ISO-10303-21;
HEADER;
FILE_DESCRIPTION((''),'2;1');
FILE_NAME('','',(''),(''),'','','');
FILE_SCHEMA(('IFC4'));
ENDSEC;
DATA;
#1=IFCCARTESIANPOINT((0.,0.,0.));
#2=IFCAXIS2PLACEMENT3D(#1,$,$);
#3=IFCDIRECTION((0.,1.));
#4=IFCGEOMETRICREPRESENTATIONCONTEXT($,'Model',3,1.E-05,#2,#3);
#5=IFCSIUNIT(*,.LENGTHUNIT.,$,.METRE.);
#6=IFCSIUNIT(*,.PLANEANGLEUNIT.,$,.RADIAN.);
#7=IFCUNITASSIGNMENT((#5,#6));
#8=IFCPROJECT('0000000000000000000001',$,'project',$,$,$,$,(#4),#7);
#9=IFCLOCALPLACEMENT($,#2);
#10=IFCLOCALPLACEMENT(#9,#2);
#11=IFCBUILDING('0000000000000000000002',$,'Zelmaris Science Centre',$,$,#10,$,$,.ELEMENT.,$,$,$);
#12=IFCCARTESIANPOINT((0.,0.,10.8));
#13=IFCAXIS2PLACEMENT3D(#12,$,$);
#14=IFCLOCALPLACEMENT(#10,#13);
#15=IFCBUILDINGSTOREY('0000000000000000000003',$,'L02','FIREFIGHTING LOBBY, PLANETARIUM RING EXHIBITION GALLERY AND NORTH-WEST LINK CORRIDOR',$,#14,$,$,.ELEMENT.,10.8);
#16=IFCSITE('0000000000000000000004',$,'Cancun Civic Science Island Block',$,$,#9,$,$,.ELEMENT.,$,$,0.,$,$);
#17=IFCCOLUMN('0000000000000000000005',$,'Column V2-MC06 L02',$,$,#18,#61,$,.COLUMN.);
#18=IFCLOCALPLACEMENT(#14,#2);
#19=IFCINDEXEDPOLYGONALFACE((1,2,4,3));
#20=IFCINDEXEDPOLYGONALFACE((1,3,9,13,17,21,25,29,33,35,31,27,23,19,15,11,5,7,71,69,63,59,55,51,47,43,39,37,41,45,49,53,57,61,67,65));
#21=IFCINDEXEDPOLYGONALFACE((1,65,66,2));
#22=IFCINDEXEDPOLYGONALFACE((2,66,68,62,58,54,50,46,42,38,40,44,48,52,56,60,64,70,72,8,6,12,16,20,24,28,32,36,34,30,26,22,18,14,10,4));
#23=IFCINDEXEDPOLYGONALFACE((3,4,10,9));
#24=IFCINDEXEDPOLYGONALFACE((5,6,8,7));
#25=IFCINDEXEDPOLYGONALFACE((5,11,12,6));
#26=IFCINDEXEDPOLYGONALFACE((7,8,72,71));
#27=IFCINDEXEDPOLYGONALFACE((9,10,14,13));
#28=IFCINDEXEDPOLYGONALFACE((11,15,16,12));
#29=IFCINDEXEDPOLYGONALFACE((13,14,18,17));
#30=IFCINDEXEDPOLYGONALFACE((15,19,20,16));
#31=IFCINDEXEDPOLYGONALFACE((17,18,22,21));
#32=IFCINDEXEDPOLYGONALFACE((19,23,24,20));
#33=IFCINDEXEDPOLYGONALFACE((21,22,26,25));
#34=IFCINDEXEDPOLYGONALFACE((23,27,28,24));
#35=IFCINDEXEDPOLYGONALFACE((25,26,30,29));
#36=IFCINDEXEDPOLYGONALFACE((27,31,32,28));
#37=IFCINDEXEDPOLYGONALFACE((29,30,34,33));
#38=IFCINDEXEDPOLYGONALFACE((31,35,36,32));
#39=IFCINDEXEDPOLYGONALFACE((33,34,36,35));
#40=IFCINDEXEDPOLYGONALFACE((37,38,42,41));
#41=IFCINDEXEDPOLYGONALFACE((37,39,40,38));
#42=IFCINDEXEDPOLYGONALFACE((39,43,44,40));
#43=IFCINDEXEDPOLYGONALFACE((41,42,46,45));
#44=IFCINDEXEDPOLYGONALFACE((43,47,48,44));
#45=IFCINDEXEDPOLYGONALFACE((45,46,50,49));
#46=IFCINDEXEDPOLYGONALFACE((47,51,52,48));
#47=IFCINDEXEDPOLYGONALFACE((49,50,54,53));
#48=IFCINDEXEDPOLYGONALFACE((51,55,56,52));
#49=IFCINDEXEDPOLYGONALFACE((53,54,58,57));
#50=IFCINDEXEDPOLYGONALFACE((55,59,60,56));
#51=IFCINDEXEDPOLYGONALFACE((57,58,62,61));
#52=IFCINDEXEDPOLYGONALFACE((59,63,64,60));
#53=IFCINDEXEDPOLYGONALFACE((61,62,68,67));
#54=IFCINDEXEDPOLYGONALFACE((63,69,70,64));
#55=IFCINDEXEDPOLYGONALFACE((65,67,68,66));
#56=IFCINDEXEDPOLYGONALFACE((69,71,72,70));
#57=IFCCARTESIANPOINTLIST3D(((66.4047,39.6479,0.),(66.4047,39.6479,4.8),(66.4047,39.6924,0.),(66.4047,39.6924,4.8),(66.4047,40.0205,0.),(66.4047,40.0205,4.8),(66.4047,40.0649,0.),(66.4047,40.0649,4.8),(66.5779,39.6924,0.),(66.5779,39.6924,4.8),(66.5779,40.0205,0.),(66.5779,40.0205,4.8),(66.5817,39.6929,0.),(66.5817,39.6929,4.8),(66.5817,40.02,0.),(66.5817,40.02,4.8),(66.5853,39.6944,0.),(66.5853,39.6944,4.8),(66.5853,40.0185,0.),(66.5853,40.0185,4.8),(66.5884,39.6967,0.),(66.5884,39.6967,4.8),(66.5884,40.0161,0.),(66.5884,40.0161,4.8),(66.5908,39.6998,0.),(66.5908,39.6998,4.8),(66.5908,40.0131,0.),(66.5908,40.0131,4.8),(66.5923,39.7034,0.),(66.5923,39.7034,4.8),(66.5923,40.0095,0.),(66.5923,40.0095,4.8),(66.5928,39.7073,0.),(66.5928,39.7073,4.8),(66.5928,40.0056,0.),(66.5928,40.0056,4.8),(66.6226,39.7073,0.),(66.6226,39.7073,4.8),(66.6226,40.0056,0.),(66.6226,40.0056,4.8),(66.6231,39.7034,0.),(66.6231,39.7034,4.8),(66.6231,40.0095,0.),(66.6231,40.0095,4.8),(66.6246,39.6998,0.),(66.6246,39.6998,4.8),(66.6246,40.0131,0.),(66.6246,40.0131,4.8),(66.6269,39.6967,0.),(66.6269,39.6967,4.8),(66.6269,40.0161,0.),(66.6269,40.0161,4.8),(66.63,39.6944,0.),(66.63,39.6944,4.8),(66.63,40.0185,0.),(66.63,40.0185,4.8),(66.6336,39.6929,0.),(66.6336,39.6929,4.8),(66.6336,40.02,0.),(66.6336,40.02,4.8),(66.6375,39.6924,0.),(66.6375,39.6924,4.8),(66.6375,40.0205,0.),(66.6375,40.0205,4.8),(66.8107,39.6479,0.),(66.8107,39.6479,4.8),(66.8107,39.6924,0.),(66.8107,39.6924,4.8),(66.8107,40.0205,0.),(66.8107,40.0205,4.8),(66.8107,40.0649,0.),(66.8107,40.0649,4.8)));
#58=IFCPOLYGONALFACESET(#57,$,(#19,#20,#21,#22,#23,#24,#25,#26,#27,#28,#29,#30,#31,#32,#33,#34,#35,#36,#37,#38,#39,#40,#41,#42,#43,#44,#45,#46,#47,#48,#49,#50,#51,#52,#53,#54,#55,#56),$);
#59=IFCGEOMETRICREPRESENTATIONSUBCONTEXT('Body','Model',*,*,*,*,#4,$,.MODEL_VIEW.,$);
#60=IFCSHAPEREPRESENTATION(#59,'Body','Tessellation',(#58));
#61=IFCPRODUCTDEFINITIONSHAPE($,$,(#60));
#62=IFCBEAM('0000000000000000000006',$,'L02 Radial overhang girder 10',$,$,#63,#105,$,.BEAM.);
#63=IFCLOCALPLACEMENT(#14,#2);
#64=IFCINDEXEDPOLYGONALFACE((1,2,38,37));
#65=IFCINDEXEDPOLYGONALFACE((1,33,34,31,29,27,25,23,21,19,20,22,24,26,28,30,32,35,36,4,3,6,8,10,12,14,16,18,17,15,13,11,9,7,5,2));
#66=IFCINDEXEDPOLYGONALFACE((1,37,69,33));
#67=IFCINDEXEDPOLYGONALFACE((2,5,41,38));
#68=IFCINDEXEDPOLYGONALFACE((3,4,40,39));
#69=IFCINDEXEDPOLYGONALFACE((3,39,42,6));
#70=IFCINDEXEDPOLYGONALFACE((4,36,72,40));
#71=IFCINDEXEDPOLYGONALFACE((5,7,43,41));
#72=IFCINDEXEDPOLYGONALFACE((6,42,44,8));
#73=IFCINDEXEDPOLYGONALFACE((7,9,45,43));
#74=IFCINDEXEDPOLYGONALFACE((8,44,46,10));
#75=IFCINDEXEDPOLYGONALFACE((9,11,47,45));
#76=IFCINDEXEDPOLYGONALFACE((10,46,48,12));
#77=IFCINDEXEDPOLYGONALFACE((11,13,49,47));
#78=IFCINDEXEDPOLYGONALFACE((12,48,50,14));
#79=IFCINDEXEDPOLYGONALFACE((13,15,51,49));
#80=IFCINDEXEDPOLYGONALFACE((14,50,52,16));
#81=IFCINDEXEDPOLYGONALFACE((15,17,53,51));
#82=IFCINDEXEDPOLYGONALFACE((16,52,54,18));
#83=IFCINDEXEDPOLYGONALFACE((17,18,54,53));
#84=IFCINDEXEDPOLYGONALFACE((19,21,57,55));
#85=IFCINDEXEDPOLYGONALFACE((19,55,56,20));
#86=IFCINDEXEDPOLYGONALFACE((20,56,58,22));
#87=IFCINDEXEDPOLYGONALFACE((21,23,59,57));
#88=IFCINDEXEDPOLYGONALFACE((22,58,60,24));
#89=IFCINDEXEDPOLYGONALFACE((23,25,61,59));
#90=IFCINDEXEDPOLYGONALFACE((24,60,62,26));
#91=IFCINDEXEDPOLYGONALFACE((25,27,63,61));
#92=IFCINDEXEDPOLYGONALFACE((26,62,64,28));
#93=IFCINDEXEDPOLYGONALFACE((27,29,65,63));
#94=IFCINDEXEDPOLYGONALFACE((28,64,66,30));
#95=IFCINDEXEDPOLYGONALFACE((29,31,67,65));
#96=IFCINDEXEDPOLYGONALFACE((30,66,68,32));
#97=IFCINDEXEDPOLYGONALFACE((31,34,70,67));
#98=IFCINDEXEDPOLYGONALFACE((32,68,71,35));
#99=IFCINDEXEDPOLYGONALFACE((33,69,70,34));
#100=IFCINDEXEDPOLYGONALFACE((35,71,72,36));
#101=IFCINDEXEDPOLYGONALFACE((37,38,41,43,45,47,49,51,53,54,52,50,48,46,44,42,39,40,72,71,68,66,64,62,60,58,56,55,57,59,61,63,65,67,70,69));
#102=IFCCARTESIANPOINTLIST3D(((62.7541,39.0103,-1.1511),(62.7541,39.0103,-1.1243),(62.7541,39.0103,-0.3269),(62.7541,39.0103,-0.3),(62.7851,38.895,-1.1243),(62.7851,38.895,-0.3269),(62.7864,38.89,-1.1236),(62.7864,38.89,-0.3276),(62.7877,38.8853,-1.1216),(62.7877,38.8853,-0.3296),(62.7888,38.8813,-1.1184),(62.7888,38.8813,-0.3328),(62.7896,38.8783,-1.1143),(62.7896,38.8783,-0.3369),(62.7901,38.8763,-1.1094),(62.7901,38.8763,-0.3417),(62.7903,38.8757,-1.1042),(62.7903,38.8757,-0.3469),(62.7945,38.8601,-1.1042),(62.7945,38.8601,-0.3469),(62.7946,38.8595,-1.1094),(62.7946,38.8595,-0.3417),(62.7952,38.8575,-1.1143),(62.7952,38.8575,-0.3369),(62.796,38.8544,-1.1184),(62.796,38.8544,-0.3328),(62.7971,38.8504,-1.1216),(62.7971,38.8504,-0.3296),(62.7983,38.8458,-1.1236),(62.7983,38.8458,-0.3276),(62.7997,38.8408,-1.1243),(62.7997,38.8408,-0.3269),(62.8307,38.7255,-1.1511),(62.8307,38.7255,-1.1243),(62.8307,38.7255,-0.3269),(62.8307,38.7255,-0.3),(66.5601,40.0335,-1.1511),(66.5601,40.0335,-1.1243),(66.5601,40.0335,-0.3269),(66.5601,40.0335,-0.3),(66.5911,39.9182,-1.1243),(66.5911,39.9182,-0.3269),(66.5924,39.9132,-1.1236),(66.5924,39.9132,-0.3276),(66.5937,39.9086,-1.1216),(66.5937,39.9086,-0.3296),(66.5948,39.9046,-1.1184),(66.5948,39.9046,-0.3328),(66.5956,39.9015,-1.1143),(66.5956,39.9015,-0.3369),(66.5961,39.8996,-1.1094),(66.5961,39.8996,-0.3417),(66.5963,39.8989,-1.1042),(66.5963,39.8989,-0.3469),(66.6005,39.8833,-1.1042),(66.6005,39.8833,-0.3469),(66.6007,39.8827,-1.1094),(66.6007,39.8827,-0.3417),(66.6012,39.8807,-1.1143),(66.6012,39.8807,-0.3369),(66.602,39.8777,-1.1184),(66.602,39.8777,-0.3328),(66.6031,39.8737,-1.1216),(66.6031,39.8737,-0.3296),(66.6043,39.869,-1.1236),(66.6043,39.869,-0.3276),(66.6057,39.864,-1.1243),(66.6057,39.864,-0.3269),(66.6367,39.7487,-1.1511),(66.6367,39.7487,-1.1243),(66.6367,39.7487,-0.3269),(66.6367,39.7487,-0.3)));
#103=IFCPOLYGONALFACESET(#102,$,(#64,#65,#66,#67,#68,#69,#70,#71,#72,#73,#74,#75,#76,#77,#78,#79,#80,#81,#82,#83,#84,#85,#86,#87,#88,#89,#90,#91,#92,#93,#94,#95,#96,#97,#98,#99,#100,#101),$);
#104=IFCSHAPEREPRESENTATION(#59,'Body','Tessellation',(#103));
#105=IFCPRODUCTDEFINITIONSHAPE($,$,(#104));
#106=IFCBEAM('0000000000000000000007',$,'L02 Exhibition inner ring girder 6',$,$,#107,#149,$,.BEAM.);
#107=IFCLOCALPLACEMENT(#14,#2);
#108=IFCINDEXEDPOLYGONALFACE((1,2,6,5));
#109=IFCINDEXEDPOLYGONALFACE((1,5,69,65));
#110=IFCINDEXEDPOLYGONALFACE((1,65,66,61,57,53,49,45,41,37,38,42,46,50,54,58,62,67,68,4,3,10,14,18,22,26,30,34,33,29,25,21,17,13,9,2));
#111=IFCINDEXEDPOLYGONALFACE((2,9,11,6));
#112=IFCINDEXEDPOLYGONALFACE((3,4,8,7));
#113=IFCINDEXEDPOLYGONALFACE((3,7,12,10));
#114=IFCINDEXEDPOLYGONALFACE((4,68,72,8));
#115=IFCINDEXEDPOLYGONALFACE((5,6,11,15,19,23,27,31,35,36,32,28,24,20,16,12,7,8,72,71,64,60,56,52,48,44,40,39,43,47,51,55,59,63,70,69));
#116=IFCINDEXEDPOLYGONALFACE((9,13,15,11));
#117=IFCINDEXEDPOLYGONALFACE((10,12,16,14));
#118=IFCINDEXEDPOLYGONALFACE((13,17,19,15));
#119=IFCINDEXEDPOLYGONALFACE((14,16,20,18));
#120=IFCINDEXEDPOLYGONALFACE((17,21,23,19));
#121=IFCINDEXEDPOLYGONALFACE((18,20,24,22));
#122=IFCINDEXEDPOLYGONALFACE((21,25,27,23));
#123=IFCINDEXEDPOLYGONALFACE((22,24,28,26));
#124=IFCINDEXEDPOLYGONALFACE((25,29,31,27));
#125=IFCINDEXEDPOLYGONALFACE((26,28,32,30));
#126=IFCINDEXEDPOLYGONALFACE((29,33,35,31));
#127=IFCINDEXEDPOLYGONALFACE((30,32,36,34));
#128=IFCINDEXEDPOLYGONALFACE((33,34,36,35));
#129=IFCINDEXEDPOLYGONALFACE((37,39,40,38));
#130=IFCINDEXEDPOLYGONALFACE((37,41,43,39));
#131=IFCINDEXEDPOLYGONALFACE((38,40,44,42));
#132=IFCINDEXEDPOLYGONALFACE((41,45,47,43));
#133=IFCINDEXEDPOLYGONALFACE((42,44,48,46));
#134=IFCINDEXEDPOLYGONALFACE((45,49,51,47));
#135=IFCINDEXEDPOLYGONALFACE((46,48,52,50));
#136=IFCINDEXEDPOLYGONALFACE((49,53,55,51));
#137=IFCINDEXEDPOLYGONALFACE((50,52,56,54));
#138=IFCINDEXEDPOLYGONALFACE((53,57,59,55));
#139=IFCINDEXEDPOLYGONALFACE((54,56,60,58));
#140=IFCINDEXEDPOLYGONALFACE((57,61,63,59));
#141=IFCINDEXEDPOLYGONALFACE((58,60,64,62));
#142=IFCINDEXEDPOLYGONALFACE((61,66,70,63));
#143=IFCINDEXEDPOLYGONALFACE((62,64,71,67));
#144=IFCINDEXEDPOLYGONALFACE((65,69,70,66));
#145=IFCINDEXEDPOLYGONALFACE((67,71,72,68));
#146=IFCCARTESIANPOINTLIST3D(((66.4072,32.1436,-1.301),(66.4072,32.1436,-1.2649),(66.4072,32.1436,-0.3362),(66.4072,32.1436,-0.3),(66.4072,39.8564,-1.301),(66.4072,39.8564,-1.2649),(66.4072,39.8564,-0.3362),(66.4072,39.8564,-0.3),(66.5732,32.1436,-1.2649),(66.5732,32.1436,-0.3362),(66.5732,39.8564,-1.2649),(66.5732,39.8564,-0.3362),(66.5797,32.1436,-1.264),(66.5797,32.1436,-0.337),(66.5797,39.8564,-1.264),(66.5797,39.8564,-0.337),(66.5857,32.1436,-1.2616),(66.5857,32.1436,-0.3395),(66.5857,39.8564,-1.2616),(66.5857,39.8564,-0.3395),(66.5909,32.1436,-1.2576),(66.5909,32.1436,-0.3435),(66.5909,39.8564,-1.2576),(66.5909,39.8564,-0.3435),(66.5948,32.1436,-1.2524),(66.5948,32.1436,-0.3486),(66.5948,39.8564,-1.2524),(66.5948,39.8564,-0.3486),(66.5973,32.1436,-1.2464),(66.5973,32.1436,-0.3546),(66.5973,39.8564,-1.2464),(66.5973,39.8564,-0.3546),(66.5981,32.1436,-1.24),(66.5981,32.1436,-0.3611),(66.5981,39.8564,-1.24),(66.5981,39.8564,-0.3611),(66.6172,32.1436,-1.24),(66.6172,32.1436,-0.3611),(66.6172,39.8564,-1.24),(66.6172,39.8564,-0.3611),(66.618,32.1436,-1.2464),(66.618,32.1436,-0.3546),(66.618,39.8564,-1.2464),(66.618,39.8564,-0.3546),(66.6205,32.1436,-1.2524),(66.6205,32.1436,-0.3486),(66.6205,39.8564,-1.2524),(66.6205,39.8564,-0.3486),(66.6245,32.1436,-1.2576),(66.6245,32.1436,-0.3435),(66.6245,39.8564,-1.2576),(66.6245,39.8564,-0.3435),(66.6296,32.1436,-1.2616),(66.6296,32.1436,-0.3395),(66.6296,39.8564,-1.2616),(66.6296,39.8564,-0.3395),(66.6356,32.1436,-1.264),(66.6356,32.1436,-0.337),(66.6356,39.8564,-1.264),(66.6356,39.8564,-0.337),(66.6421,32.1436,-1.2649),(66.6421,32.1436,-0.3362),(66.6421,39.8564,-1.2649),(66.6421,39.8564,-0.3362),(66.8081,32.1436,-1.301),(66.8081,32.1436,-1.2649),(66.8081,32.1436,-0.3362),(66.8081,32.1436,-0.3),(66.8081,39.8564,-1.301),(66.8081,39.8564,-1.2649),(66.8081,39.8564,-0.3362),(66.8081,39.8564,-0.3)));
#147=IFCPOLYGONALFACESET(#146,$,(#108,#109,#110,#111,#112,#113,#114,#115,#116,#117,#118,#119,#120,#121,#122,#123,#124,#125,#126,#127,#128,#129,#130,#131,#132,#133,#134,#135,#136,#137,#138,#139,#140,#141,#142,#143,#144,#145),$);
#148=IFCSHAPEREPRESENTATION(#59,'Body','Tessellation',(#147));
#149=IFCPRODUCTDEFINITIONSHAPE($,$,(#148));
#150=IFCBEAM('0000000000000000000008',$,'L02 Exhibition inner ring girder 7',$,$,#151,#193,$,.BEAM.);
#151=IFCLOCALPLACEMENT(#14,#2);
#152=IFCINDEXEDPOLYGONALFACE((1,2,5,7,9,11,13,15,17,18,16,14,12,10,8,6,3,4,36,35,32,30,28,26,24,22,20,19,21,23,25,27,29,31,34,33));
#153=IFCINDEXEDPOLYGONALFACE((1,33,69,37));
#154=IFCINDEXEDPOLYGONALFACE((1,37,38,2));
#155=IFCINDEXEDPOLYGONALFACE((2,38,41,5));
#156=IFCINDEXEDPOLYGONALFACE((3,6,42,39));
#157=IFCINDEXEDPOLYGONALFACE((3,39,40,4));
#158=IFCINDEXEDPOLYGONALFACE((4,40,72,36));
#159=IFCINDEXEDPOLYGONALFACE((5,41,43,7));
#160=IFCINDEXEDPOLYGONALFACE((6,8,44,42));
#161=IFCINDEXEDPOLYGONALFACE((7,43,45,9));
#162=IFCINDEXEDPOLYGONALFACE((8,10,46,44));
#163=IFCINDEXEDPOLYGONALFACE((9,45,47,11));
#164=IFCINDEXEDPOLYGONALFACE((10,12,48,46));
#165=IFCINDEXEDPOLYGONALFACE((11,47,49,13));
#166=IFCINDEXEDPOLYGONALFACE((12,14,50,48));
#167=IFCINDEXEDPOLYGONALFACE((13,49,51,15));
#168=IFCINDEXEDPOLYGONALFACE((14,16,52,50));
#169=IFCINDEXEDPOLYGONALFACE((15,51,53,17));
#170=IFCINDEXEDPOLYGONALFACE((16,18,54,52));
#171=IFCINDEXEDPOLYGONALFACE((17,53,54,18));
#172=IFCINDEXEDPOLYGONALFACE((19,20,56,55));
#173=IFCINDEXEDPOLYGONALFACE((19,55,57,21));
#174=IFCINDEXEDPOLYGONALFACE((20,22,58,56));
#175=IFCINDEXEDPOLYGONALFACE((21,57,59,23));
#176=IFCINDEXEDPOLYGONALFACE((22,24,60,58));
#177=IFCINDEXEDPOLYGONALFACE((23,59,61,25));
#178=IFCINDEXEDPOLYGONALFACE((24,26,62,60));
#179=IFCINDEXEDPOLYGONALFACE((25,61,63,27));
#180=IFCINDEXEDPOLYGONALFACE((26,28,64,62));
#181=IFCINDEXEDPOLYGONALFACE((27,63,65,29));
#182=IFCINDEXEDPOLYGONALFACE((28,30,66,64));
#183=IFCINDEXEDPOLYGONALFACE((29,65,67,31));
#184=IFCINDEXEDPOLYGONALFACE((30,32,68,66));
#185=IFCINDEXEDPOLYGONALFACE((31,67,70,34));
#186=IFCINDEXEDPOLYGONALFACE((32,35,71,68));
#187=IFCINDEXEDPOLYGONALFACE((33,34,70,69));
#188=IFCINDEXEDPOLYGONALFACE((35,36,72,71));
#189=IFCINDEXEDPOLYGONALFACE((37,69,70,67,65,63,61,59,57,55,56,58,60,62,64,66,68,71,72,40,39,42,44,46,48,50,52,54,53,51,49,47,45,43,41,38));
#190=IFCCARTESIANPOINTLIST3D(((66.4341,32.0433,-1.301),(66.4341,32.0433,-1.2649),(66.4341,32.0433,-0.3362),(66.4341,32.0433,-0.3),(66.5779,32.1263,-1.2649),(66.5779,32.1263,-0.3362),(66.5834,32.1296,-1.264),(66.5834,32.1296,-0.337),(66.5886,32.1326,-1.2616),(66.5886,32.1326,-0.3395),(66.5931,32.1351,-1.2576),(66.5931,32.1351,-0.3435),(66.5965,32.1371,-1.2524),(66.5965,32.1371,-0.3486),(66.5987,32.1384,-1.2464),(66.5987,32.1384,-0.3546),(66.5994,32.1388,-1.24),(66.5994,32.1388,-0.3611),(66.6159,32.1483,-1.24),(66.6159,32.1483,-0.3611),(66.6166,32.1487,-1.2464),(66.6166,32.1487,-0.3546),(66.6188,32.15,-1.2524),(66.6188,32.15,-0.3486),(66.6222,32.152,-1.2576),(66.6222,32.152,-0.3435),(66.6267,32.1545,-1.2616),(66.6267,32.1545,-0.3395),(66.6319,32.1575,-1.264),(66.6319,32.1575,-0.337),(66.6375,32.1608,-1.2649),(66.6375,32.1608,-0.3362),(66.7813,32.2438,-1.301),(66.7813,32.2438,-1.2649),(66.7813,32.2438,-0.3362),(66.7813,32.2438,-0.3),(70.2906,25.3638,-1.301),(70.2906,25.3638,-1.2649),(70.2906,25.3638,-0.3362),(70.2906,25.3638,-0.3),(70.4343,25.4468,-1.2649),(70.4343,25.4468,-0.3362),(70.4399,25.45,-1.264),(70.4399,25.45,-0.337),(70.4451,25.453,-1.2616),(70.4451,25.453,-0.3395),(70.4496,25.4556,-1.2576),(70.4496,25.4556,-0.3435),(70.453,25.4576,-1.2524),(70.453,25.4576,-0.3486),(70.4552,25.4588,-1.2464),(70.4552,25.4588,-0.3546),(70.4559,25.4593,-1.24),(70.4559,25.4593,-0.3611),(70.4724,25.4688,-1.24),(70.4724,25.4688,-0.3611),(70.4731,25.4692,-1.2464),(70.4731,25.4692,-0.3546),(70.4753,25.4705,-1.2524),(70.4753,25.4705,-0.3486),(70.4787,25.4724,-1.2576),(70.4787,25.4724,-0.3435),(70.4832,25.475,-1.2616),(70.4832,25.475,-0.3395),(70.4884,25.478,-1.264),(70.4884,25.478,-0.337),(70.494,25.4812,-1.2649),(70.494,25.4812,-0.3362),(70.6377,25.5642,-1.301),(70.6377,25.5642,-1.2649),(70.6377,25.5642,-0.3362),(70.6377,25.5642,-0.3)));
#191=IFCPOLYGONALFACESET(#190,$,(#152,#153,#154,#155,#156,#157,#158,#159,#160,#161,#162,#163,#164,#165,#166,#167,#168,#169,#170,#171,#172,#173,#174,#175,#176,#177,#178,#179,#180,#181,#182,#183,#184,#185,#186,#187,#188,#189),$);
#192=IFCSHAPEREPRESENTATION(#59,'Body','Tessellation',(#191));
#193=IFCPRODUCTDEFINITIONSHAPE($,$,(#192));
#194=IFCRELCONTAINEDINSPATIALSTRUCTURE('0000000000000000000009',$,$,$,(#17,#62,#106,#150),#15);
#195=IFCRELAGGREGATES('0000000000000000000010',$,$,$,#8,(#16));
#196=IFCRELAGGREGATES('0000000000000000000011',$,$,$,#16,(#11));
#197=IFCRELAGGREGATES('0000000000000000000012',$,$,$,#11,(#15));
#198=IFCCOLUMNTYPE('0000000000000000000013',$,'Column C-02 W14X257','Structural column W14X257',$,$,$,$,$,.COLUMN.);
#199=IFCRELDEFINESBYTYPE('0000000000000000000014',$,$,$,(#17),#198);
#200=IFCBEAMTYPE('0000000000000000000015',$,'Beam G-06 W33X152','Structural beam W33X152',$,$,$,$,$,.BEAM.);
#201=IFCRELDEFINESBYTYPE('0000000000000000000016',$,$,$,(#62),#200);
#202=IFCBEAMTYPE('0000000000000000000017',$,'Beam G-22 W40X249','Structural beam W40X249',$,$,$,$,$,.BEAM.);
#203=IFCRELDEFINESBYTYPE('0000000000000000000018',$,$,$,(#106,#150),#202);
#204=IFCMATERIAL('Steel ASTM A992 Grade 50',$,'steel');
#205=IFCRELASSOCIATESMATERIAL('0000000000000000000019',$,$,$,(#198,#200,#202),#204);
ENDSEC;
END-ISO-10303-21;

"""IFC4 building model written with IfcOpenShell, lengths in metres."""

from ifc_helpers import new_model, si_unit, direction, frame, origin, origin_2d, place, context, subcontext, project, spatial, i_section, extrude, material, material_profile, profile_set, type_object, element, save


model = new_model("IFC4")

# Units and contexts
model_context = context("Model", 3, precision=1e-05, world=origin(), true_north=direction((0.0, 1.0)))
body_context = subcontext(model_context, "Body", "Model", "MODEL_VIEW")
ifc_project = project(units=[si_unit("LENGTHUNIT", "METRE"), si_unit("PLANEANGLEUNIT", "RADIAN")], contexts=[model_context])

# Site, building, storey
site_placement = place(None, origin())
site = spatial("IfcSite", under=ifc_project, at=site_placement, Name="Cancun Civic Science Island Block", CompositionType="ELEMENT", RefElevation=0.0)
building_placement = place(site_placement, origin())
building = spatial("IfcBuilding", under=site, at=building_placement, Name="Zelmaris Science Centre", CompositionType="ELEMENT")
storey_placement = place(building_placement, frame((0.0, 0.0, 10.8)))
storey = spatial("IfcBuildingStorey", under=building, at=storey_placement, Name="L02", Description="FIREFIGHTING LOBBY, PLANETARIUM RING EXHIBITION GALLERY AND NORTH-WEST LINK CORRIDOR", CompositionType="ELEMENT", Elevation=10.8)

# Column
ifc_material_1 = material(Name="Steel ASTM A992 Grade 50", Category="steel")
ifc_material_profile_1 = material_profile(ifc_material_1, i_section(OverallWidth=0.406, OverallDepth=0.417, WebThickness=0.0298, FlangeThickness=0.0444, FilletRadius=0.0149, at=origin_2d()), Name="W14X257")
ifc_profile_set_1 = profile_set([ifc_material_profile_1], Name="Steel ASTM A992 Grade 50")
column_type = type_object("IfcColumnType", Name="Column C-02 W14X257", Description="Structural column W14X257", PredefinedType="COLUMN", material=ifc_profile_set_1)
column_placement = place(storey_placement, frame((66.6077, 39.8564, 0.0), z_axis=(0.0, 0.0, 1.0), x_axis=(1.0, 0.0, 0.0)))
element("IfcColumn", 1, at=column_placement, inside=storey, type_object=column_type, Name="Column V2-MC06 L02", PredefinedType="COLUMN", context=body_context, shape_type="SweptSolid", body=[
    extrude(i_section(OverallWidth=0.406, OverallDepth=0.417, WebThickness=0.0298, FlangeThickness=0.0444, FilletRadius=0.0149, at=origin_2d()), origin(), (0.0, 0.0, 1.0), 4.8),
])

# Beams
ifc_material_profile_2 = material_profile(ifc_material_1, i_section(OverallWidth=0.2949, OverallDepth=0.8511, WebThickness=0.0161, FlangeThickness=0.0269, FilletRadius=0.02, at=origin_2d()), Name="W33X152")
ifc_profile_set_2 = profile_set([ifc_material_profile_2], Name="Steel ASTM A992 Grade 50")
beam_type_1 = type_object("IfcBeamType", Name="Beam G-06 W33X152", Description="Structural beam W33X152", PredefinedType="BEAM", material=ifc_profile_set_2)
beam_1_placement = place(storey_placement, frame((66.5984, 39.8911, -0.7256), z_axis=(-0.96571, -0.259625, 0.0), x_axis=(0.259625, -0.96571, 0.0)))
element("IfcBeam", 2, at=beam_1_placement, inside=storey, type_object=beam_type_1, Name="L02 Radial overhang girder 10", PredefinedType="BEAM", context=body_context, shape_type="SweptSolid", body=[
    extrude(i_section(OverallWidth=0.2949, OverallDepth=0.8511, WebThickness=0.0161, FlangeThickness=0.0269, FilletRadius=0.02, at=origin_2d()), origin(), (0.0, 0.0, 1.0), 3.9412),
])
ifc_material_profile_3 = material_profile(ifc_material_1, i_section(OverallWidth=0.4009, OverallDepth=1.001, WebThickness=0.019, FlangeThickness=0.0361, FilletRadius=0.0249, at=origin_2d()), Name="W40X249")
ifc_profile_set_3 = profile_set([ifc_material_profile_3], Name="Steel ASTM A992 Grade 50")
beam_type_2 = type_object("IfcBeamType", Name="Beam G-22 W40X249", Description="Structural beam W40X249", PredefinedType="BEAM", material=ifc_profile_set_3)
for number, where, z_axis, x_axis, name in (
    (3, (66.6077, 39.8564, -0.8005), (0.0, -1.0, 0.0), (1.0, 0.0, 0.0), "L02 Exhibition inner ring girder 6"),
    (4, (66.6077, 32.1436, -0.8005), (0.500007, -0.866022, 0.0), (0.866022, 0.500007, 0.0), "L02 Exhibition inner ring girder 7"),
):
    element("IfcBeam", number, at=place(storey_placement, frame(where, z_axis=z_axis, x_axis=x_axis)), inside=storey, type_object=beam_type_2, Name=name, PredefinedType="BEAM", context=body_context, shape_type="SweptSolid", body=[
        extrude(i_section(OverallWidth=0.4009, OverallDepth=1.001, WebThickness=0.019, FlangeThickness=0.0361, FilletRadius=0.0249, at=origin_2d()), origin(), (0.0, 0.0, 1.0), 7.7129),
    ])

save(model, "model.ifc")
